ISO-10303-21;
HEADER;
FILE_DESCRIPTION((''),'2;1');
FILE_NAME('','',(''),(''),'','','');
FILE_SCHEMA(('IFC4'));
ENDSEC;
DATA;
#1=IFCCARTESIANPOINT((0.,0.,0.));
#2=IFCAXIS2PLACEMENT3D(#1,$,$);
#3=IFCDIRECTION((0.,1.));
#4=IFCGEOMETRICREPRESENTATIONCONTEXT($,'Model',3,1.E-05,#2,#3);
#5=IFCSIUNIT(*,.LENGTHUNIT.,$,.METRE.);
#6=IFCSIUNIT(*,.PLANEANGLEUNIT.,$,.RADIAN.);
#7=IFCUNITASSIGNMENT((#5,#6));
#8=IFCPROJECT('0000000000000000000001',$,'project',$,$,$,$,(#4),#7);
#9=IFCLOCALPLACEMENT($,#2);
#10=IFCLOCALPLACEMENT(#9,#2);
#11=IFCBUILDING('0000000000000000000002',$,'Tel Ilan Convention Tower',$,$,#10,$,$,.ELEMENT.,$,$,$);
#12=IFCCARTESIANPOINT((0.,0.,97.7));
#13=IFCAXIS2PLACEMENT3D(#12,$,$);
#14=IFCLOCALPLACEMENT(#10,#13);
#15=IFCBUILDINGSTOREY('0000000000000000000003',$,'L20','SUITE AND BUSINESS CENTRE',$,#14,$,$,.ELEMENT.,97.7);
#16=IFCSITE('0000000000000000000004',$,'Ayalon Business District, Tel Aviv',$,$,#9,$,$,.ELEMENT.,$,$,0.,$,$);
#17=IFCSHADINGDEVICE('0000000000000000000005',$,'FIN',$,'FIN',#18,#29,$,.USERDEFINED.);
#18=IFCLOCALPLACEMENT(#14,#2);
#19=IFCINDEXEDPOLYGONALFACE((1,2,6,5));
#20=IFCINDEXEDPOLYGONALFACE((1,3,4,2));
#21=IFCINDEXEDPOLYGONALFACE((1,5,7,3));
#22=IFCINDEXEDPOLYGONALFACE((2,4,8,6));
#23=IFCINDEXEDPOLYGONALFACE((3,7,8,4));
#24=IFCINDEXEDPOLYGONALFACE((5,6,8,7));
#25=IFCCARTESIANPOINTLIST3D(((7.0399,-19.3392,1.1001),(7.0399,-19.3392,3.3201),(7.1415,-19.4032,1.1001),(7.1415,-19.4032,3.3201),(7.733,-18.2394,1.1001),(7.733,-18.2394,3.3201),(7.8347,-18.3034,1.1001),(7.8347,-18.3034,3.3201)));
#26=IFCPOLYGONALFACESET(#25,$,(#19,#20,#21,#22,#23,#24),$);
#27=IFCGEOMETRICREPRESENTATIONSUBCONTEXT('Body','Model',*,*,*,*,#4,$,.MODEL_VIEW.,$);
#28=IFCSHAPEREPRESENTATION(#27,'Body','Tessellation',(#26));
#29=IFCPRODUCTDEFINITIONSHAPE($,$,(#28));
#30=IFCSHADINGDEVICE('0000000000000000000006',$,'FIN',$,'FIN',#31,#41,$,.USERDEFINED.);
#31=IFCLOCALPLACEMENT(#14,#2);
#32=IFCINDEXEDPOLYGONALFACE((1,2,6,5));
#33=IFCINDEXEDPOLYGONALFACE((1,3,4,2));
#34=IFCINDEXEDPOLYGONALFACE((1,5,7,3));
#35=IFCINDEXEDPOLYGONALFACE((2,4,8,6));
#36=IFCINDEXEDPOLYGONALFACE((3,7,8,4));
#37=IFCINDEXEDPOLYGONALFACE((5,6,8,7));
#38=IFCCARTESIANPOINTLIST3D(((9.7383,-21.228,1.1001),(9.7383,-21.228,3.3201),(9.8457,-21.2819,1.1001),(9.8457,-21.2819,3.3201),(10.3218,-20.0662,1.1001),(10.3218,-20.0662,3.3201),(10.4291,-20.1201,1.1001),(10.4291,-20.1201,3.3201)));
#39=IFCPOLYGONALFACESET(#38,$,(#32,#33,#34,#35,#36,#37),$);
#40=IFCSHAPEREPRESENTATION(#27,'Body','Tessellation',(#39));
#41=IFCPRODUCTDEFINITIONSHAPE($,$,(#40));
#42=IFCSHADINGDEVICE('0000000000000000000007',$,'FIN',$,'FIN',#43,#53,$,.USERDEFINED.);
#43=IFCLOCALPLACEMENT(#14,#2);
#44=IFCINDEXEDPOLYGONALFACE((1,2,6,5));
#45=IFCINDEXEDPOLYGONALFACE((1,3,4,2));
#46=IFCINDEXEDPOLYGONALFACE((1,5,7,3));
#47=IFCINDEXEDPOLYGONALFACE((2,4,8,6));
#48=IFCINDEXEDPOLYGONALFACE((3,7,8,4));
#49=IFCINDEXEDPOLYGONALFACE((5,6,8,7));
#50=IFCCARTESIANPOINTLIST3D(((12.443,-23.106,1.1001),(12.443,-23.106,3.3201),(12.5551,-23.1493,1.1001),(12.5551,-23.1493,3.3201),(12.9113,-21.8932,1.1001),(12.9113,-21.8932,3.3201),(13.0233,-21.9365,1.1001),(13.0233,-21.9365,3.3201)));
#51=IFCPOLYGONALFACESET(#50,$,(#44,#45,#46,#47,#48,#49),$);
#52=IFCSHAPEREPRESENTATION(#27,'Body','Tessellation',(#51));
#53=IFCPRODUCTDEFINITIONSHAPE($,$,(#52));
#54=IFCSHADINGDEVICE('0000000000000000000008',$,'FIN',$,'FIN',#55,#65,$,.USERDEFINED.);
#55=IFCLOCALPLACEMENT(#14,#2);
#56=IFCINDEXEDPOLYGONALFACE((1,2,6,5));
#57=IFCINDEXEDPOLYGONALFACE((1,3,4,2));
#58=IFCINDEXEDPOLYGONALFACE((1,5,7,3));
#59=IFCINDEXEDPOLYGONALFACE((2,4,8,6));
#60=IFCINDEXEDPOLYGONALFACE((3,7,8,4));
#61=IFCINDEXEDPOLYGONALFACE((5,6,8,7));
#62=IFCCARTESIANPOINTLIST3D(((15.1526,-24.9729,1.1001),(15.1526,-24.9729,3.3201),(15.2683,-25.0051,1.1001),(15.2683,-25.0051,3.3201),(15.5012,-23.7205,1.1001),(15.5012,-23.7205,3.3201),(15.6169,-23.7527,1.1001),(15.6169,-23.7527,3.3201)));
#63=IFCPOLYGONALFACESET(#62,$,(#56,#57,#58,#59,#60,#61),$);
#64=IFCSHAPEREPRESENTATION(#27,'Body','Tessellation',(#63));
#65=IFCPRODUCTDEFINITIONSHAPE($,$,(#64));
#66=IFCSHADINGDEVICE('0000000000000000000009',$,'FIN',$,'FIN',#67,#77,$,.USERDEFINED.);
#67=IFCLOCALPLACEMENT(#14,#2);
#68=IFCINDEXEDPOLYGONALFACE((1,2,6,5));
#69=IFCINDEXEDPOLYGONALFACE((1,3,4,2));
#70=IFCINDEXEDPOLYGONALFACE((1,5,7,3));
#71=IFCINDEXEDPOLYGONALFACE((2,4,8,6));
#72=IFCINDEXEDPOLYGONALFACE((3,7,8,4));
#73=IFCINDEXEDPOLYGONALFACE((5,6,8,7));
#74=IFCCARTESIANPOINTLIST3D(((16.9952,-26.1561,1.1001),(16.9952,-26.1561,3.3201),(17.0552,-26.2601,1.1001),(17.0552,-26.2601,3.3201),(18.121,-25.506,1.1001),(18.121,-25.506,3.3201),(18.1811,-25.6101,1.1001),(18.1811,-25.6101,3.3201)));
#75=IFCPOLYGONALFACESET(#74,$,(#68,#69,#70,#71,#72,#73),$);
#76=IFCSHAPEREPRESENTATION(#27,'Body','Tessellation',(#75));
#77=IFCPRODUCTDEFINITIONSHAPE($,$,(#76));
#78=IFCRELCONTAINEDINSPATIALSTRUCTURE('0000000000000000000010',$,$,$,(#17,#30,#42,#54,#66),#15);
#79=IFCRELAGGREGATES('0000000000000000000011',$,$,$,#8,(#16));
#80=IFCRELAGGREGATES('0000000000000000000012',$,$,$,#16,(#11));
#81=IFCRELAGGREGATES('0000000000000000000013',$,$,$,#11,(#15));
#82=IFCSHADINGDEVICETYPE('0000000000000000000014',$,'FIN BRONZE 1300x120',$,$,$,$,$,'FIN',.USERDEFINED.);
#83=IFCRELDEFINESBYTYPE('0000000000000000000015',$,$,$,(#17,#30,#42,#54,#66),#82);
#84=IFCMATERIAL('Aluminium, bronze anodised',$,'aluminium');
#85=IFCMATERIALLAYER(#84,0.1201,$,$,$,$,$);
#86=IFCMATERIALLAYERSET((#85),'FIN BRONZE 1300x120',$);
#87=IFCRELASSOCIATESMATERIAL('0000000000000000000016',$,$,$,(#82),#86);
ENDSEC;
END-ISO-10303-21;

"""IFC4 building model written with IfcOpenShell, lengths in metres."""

from ifc_helpers import new_model, si_unit, direction, frame, origin, origin_2d, place, context, subcontext, project, spatial, rectangle, extrude, material, layer, layer_set, type_object, element, save


model = new_model("IFC4")

# Units and contexts
model_context = context("Model", 3, precision=1e-05, world=origin(), true_north=direction((0.0, 1.0)))
body_context = subcontext(model_context, "Body", "Model", "MODEL_VIEW")
ifc_project = project(units=[si_unit("LENGTHUNIT", "METRE"), si_unit("PLANEANGLEUNIT", "RADIAN")], contexts=[model_context])

# Site, building, storey
site_placement = place(None, origin())
site = spatial("IfcSite", under=ifc_project, at=site_placement, Name="Ayalon Business District, Tel Aviv", CompositionType="ELEMENT", RefElevation=0.0)
building_placement = place(site_placement, origin())
building = spatial("IfcBuilding", under=site, at=building_placement, Name="Tel Ilan Convention Tower", CompositionType="ELEMENT")
storey_placement = place(building_placement, frame((0.0, 0.0, 97.7)))
storey = spatial("IfcBuildingStorey", under=building, at=storey_placement, Name="L20", Description="SUITE AND BUSINESS CENTRE", CompositionType="ELEMENT", Elevation=97.7)

# Shading devices
ifc_material_1 = material(Name="Aluminium, bronze anodised", Category="aluminium")
ifc_layer_1 = layer(ifc_material_1, 0.1201)
ifc_layer_set_1 = layer_set([ifc_layer_1], Name="FIN BRONZE 1300x120")
shading_device_type = type_object("IfcShadingDeviceType", Name="FIN BRONZE 1300x120", ElementType="FIN", PredefinedType="USERDEFINED", material=ifc_layer_set_1)
for number, where, z_axis, x_axis, name in (
    (1, (7.4373, -18.8213, 1.1001), (0.0, 0.0, 1.0), (-0.533204, -0.845986, 0.0), "FIN"),
    (2, (10.0837, -20.6741, 1.1001), (0.0, 0.0, 1.0), (-0.448799, -0.893633, 0.0), "FIN"),
    (3, (12.7332, -22.5212, 1.1001), (0.0, 0.0, 1.0), (-0.360178, -0.932884, 0.0), "FIN"),
    (4, (15.3848, -24.3628, 1.1001), (0.0, 0.0, 1.0), (-0.268173, -0.963371, 0.0), "FIN"),
    (5, (17.5881, -25.8831, 1.1001), (0.0, 0.0, 1.0), (-0.866025, -0.5, 0.0), "FIN"),
):
    element("IfcShadingDevice", number, at=place(storey_placement, frame(where, z_axis=z_axis, x_axis=x_axis)), inside=storey, type_object=shading_device_type, Name=name, ObjectType="FIN", PredefinedType="USERDEFINED", context=body_context, shape_type="SweptSolid", body=[
        extrude(rectangle(XDim=1.3, YDim=0.1201, at=origin_2d()), origin(), (0.0, 0.0, 1.0), 2.22),
    ])

save(model, "model.ifc")
